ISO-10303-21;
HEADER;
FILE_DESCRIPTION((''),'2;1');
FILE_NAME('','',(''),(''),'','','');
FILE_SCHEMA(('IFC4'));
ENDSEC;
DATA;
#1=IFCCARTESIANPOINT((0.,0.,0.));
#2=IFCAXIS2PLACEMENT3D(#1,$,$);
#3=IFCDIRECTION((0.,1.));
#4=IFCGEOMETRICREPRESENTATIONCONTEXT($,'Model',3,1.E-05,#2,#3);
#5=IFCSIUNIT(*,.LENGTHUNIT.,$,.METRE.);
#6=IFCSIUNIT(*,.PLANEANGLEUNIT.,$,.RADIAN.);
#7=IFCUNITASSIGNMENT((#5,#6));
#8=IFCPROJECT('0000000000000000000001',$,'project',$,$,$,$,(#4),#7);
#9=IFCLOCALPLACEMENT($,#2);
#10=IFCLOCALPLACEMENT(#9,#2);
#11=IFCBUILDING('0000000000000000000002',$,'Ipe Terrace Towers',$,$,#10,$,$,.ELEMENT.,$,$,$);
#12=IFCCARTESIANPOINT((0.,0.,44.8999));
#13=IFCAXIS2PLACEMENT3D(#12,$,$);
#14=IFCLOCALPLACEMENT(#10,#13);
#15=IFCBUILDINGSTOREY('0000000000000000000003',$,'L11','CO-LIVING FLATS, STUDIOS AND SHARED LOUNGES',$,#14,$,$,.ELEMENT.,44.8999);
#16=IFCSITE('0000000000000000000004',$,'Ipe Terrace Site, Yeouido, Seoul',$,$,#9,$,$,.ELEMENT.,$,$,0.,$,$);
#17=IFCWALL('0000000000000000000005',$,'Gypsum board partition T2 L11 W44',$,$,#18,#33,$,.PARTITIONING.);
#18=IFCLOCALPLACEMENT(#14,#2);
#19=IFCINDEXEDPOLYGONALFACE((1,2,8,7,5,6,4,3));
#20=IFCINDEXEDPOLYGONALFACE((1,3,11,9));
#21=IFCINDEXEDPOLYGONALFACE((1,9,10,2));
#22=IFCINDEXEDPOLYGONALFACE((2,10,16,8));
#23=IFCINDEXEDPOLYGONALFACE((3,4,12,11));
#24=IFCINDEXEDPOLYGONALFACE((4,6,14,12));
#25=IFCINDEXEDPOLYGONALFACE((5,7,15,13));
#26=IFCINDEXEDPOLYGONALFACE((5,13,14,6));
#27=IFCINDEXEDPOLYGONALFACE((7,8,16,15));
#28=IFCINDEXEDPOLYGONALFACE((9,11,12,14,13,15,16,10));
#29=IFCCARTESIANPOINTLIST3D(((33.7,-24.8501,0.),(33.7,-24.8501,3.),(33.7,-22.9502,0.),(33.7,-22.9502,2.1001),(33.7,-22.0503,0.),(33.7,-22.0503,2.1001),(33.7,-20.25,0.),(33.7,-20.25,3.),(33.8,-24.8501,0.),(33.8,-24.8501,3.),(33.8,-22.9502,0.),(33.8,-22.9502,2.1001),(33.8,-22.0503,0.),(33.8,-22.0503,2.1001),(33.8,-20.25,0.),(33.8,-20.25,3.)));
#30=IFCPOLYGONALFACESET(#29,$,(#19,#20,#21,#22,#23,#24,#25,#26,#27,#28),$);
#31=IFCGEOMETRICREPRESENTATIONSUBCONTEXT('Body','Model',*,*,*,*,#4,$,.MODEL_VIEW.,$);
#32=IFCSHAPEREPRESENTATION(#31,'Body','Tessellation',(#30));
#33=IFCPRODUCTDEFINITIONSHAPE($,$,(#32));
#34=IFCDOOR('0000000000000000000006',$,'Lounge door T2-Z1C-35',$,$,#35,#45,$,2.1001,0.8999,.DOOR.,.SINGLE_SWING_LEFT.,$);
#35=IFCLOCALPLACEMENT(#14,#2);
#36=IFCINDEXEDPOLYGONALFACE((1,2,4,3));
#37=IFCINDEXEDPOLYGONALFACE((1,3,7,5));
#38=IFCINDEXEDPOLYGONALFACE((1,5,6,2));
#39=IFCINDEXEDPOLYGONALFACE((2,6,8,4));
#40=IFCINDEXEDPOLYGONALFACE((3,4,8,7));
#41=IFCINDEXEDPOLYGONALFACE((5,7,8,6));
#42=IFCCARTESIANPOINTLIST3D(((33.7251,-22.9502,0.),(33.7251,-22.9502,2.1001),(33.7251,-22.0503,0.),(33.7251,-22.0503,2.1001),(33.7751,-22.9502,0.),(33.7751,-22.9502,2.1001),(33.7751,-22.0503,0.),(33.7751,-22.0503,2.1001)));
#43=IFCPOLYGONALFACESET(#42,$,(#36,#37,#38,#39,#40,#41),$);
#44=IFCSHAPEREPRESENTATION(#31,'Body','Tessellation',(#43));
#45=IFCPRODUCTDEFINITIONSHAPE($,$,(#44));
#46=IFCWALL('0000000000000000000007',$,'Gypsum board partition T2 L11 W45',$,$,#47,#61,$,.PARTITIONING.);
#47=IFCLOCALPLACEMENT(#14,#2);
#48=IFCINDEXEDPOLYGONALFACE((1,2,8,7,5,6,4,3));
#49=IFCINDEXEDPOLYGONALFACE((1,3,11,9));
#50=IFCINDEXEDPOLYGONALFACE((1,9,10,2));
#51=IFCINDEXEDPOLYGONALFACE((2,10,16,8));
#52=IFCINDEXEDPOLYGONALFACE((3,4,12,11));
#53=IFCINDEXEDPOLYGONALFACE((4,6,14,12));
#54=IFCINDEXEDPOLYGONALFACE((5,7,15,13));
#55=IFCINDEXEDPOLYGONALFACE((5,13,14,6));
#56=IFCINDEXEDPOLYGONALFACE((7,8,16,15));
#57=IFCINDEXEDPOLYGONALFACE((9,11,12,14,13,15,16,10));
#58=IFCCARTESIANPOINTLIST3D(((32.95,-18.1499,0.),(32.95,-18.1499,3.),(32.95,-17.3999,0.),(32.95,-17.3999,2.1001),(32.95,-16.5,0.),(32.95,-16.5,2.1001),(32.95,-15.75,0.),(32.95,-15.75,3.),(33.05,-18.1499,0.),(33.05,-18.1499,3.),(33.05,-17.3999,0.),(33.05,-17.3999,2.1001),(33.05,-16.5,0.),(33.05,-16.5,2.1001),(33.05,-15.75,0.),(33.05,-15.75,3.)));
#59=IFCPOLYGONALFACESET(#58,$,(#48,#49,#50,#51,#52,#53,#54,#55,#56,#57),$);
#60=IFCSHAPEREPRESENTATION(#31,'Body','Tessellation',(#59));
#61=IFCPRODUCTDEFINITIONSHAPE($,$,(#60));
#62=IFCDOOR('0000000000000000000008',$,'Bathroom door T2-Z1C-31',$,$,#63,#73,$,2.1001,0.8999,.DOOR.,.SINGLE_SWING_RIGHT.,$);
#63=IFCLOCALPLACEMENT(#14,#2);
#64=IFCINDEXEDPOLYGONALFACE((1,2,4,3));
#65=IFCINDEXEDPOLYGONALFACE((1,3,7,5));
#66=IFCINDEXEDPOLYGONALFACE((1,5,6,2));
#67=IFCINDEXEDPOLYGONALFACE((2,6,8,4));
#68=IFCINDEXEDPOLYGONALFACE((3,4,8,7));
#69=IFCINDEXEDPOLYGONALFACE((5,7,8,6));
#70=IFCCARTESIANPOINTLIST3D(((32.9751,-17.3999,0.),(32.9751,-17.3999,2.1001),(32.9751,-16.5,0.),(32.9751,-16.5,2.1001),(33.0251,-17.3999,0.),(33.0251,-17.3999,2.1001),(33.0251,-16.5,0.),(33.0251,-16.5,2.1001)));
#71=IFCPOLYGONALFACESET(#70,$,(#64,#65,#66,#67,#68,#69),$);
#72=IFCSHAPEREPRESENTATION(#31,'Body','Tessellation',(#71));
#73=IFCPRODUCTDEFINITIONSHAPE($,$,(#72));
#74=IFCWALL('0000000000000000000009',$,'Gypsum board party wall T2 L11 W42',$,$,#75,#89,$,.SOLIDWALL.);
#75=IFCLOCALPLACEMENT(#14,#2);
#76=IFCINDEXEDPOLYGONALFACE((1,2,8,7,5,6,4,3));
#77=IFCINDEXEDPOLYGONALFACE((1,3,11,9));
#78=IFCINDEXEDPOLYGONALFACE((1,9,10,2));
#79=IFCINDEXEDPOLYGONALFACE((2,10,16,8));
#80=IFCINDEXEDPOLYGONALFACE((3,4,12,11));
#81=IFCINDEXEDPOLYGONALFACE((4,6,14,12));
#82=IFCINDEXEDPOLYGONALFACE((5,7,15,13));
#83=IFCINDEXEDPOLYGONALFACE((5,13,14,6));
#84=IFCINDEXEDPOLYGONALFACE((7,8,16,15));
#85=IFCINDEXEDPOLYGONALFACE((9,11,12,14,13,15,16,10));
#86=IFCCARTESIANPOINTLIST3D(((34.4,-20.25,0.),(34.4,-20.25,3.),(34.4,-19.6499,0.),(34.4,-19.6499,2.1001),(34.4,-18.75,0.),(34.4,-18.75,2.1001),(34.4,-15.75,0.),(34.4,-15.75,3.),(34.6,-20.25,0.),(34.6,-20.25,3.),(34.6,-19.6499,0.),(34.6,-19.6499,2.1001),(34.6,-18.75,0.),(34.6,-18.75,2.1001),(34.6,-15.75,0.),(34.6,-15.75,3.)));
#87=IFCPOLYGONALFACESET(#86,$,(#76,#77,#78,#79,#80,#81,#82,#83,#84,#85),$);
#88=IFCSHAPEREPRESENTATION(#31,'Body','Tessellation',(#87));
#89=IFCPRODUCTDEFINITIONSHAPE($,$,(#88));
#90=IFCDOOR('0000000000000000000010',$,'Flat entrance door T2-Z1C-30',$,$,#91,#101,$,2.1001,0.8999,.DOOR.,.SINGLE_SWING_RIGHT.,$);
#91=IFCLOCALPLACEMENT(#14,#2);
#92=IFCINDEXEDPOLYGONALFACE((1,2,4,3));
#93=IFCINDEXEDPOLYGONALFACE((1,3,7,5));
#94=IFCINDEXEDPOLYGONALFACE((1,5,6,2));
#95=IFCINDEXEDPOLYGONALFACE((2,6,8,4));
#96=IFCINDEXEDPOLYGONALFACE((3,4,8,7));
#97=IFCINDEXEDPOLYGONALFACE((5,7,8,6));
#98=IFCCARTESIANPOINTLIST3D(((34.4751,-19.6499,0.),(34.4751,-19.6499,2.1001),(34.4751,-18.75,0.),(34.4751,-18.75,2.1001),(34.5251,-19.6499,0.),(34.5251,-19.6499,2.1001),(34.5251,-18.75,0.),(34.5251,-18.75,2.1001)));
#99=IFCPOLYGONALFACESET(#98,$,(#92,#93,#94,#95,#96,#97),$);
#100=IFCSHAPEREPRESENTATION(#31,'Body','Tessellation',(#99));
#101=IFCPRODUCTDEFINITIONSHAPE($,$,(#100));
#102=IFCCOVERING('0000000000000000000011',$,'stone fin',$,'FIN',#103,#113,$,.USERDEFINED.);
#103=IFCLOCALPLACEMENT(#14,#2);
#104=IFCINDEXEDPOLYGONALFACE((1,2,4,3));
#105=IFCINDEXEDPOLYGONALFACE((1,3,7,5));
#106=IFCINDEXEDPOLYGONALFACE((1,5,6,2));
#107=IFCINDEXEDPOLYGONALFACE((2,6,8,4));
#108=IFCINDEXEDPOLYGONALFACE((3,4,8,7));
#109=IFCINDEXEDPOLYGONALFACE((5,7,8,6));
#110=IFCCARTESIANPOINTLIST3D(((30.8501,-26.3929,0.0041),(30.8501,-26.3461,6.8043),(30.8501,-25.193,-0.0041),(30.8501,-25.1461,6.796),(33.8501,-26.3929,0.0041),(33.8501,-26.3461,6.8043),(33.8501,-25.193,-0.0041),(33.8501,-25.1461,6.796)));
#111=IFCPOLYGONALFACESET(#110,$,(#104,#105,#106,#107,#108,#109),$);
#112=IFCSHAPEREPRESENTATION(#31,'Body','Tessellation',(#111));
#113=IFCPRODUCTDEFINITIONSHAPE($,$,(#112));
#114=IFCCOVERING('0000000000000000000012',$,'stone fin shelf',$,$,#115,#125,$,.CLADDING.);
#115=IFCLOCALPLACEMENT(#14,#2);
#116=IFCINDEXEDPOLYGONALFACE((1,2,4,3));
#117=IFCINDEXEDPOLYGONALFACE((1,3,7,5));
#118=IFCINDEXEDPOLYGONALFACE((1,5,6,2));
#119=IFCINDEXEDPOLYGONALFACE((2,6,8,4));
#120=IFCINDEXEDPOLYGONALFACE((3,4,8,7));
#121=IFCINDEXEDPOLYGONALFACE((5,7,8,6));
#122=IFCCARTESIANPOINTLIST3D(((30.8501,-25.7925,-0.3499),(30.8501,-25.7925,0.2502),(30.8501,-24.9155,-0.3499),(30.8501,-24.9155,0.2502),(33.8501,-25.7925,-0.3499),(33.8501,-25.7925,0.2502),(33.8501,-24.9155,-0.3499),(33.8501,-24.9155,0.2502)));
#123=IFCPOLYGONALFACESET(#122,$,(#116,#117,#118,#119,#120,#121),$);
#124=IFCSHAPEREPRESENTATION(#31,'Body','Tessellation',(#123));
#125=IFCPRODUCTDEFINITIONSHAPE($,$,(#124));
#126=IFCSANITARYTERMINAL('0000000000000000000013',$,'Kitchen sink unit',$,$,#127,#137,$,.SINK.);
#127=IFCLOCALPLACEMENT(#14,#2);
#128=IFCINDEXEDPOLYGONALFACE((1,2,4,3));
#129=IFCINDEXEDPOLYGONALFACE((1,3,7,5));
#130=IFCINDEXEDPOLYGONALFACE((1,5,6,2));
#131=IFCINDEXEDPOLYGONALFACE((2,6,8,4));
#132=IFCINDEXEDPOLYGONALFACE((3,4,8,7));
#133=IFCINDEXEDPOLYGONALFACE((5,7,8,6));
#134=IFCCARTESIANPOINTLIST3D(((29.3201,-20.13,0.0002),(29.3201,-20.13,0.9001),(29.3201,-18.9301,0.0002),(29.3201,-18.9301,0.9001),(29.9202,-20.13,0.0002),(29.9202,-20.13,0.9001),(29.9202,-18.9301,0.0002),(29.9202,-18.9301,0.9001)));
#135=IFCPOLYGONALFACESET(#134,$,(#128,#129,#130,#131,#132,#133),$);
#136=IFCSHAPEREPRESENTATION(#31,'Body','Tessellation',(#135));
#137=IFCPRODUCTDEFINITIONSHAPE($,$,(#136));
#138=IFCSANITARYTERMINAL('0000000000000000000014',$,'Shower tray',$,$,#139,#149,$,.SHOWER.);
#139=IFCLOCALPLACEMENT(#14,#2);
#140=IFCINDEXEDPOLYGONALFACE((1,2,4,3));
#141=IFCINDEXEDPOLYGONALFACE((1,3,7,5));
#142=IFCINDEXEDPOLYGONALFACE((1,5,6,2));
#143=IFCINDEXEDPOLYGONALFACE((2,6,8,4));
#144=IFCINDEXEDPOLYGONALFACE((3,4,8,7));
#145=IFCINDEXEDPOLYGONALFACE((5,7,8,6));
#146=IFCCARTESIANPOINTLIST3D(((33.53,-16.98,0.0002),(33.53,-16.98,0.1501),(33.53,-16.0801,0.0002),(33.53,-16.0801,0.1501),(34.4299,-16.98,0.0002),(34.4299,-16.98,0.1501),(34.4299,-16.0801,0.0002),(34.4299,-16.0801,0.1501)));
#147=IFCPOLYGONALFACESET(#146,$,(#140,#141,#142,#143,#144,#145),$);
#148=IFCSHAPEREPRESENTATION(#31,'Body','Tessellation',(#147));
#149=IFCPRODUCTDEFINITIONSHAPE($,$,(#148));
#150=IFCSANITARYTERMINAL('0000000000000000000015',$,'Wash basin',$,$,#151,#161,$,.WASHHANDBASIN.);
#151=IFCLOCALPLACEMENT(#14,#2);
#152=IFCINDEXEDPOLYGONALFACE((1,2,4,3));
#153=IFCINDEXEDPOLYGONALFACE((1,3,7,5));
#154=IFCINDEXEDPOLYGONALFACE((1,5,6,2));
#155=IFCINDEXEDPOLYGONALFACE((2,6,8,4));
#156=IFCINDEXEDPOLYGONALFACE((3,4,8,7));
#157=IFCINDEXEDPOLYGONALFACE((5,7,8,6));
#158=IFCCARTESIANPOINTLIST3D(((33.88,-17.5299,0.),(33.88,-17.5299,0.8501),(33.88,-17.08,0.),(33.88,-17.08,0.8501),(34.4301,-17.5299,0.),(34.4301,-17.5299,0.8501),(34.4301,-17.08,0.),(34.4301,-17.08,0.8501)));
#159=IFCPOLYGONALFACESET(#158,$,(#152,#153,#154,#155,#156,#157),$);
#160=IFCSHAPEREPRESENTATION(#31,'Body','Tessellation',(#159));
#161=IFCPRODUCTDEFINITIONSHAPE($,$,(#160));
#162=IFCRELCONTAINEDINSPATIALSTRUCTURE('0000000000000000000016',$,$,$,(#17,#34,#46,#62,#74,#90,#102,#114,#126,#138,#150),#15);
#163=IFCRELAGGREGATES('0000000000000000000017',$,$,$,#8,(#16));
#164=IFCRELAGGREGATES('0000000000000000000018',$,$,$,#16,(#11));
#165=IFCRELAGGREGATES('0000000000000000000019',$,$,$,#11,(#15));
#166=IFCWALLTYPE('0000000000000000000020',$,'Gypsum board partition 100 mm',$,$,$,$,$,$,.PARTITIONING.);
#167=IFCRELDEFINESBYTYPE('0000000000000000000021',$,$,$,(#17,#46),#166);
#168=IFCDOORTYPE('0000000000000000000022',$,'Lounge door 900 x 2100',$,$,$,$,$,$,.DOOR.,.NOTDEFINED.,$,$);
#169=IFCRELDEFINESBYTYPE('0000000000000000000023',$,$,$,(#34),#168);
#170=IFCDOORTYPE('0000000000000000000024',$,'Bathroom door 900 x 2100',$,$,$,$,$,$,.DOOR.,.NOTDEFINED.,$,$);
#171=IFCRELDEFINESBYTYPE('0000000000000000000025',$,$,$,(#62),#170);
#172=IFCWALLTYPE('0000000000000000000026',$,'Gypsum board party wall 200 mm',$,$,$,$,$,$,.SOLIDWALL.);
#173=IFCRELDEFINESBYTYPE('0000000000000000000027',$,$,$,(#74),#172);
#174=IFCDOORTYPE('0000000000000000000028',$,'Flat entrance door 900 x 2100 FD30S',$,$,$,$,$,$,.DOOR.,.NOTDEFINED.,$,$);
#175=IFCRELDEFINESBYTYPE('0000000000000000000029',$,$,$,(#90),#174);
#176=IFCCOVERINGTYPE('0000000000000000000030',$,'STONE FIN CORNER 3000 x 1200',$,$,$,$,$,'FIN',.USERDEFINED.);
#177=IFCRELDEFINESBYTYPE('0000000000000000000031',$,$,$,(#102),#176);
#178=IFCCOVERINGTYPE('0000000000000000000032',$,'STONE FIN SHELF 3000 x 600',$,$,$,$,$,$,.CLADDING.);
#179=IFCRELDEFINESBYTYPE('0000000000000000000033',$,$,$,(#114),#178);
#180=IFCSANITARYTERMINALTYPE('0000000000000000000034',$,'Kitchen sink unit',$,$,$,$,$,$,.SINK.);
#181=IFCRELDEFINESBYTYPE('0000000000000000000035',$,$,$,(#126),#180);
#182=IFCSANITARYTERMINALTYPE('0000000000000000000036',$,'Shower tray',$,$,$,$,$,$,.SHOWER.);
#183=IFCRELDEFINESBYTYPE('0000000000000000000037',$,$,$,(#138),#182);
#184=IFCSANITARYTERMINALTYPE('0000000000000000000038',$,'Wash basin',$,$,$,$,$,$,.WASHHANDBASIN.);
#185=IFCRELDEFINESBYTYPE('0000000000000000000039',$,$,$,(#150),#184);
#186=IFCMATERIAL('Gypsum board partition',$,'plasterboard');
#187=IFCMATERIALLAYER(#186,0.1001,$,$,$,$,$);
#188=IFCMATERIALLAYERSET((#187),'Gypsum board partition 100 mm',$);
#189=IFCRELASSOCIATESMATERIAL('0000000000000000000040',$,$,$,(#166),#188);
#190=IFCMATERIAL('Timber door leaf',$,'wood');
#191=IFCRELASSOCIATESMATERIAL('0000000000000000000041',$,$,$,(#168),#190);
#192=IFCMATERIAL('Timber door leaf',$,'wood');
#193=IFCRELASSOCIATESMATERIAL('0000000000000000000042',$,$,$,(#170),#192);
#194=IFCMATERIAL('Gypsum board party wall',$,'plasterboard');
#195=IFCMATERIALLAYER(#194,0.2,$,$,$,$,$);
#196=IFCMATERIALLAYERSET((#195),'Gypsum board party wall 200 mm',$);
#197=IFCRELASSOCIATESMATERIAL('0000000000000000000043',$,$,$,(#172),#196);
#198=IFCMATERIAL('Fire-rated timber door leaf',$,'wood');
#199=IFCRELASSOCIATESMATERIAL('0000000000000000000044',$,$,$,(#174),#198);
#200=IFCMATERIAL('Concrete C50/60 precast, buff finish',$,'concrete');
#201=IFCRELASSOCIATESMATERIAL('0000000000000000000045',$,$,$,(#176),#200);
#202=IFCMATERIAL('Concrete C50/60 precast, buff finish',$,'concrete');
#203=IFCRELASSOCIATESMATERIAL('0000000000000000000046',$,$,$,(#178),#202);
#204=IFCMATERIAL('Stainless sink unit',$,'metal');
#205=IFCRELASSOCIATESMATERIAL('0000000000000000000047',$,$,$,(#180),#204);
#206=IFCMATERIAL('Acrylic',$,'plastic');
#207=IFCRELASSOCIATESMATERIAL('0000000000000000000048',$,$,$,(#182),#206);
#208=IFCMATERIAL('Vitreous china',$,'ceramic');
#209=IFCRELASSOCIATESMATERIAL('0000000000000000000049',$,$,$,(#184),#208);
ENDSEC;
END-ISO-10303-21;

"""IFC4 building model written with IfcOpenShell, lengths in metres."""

from ifc_helpers import new_model, si_unit, direction, frame, frame_2d, origin, origin_2d, place, context, subcontext, project, spatial, rectangle, extrude, material, layer, layer_set, material_profile, profile_set, type_object, element, fill, save


model = new_model("IFC4")

# Units and contexts
model_context = context("Model", 3, precision=1e-05, world=origin(), true_north=direction((0.0, 1.0)))
body_context = subcontext(model_context, "Body", "Model", "MODEL_VIEW")
ifc_project = project(units=[si_unit("LENGTHUNIT", "METRE"), si_unit("PLANEANGLEUNIT", "RADIAN")], contexts=[model_context])

# Site, building, storey
site_placement = place(None, origin())
site = spatial("IfcSite", under=ifc_project, at=site_placement, Name="Ipe Terrace Site, Yeouido, Seoul", CompositionType="ELEMENT", RefElevation=0.0)
building_placement = place(site_placement, origin())
building = spatial("IfcBuilding", under=site, at=building_placement, Name="Ipe Terrace Towers", CompositionType="ELEMENT")
storey_placement = place(building_placement, frame((0.0, 0.0, 44.8999)))
storey = spatial("IfcBuildingStorey", under=building, at=storey_placement, Name="L11", Description="CO-LIVING FLATS, STUDIOS AND SHARED LOUNGES", CompositionType="ELEMENT", Elevation=44.8999)

# Shared definitions
ifc_material_1 = material(Name="Gypsum board partition", Category="plasterboard")
ifc_layer_1 = layer(ifc_material_1, 0.1001)
ifc_layer_set_1 = layer_set([ifc_layer_1], Name="Gypsum board partition 100 mm")
wall_type_1 = type_object("IfcWallType", Name="Gypsum board partition 100 mm", PredefinedType="PARTITIONING", material=ifc_layer_set_1)

# Walls, openings, doors
wall_1_placement = place(storey_placement, frame((33.75, -24.8501, 0.0), z_axis=(0.0, 0.0, 1.0), x_axis=(0.0, 1.0, 0.0)))
wall_1 = element("IfcWall", 1, at=wall_1_placement, inside=storey, type_object=wall_type_1, Name="Gypsum board partition T2 L11 W44", PredefinedType="PARTITIONING", context=body_context, shape_type="SweptSolid", body=[
    extrude(rectangle(XDim=4.6001, YDim=0.1001, at=frame_2d((2.3, 0.0))), origin(), (0.0, 0.0, 1.0), 3.0),
])
opening_1_placement = place(wall_1_placement, frame((1.8999, 0.0, 0.0)))
opening_1 = element("IfcOpeningElement", 2, at=opening_1_placement, cuts=wall_1, PredefinedType="OPENING", context=body_context, shape_type="SweptSolid", body=[
    extrude(rectangle(XDim=0.8999, YDim=2.1001, at=frame_2d((0.45, 1.05))), frame((0.0, 0.0601, 0.0), z_axis=(0.0, -1.0, 0.0), x_axis=(1.0, 0.0, 0.0)), (0.0, 0.0, 1.0), 0.1201),
])
ifc_material_2 = material(Name="Timber door leaf", Category="wood")
door_type_1 = type_object("IfcDoorType", Name="Lounge door 900 x 2100", OperationType="NOTDEFINED", PredefinedType="DOOR", material=ifc_material_2)
door_1_placement = place(opening_1_placement, origin())
door_1 = element("IfcDoor", 3, at=door_1_placement, inside=storey, type_object=door_type_1, Name="Lounge door T2-Z1C-35", OperationType="SINGLE_SWING_LEFT", OverallHeight=2.1001, OverallWidth=0.8999, PredefinedType="DOOR", context=body_context, shape_type="SweptSolid", body=[
    extrude(rectangle(XDim=0.8999, YDim=2.1001, at=frame_2d((0.45, 1.05))), frame((0.0, 0.0249, 0.0), z_axis=(0.0, -1.0, 0.0), x_axis=(1.0, 0.0, 0.0)), (0.0, 0.0, 1.0), 0.05),
])
fill(opening_1, door_1)
wall_2_placement = place(storey_placement, frame((33.0, -18.1499, 0.0), z_axis=(0.0, 0.0, 1.0), x_axis=(0.0, 1.0, 0.0)))
wall_2 = element("IfcWall", 4, at=wall_2_placement, inside=storey, type_object=wall_type_1, Name="Gypsum board partition T2 L11 W45", PredefinedType="PARTITIONING", context=body_context, shape_type="SweptSolid", body=[
    extrude(rectangle(XDim=2.3999, YDim=0.1001, at=frame_2d((1.2, 0.0))), origin(), (0.0, 0.0, 1.0), 3.0),
])
opening_2_placement = place(wall_2_placement, frame((0.75, 0.0, 0.0)))
opening_2 = element("IfcOpeningElement", 5, at=opening_2_placement, cuts=wall_2, PredefinedType="OPENING", context=body_context, shape_type="SweptSolid", body=[
    extrude(rectangle(XDim=0.8999, YDim=2.1001, at=frame_2d((0.45, 1.05))), frame((0.0, 0.0601, 0.0), z_axis=(0.0, -1.0, 0.0), x_axis=(1.0, 0.0, 0.0)), (0.0, 0.0, 1.0), 0.1201),
])
ifc_material_3 = material(Name="Timber door leaf", Category="wood")
door_type_2 = type_object("IfcDoorType", Name="Bathroom door 900 x 2100", OperationType="NOTDEFINED", PredefinedType="DOOR", material=ifc_material_3)
door_2_placement = place(opening_2_placement, origin())
door_2 = element("IfcDoor", 6, at=door_2_placement, inside=storey, type_object=door_type_2, Name="Bathroom door T2-Z1C-31", OperationType="SINGLE_SWING_RIGHT", OverallHeight=2.1001, OverallWidth=0.8999, PredefinedType="DOOR", context=body_context, shape_type="SweptSolid", body=[
    extrude(rectangle(XDim=0.8999, YDim=2.1001, at=frame_2d((0.45, 1.05))), frame((0.0, 0.0249, 0.0), z_axis=(0.0, -1.0, 0.0), x_axis=(1.0, 0.0, 0.0)), (0.0, 0.0, 1.0), 0.05),
])
fill(opening_2, door_2)
ifc_material_4 = material(Name="Gypsum board party wall", Category="plasterboard")
ifc_layer_2 = layer(ifc_material_4, 0.2)
ifc_layer_set_2 = layer_set([ifc_layer_2], Name="Gypsum board party wall 200 mm")
wall_type_2 = type_object("IfcWallType", Name="Gypsum board party wall 200 mm", PredefinedType="SOLIDWALL", material=ifc_layer_set_2)
wall_3_placement = place(storey_placement, frame((34.5, -20.25, 0.0), z_axis=(0.0, 0.0, 1.0), x_axis=(0.0, 1.0, 0.0)))
wall_3 = element("IfcWall", 7, at=wall_3_placement, inside=storey, type_object=wall_type_2, Name="Gypsum board party wall T2 L11 W42", PredefinedType="SOLIDWALL", context=body_context, shape_type="SweptSolid", body=[
    extrude(rectangle(XDim=4.5, YDim=0.2, at=frame_2d((2.25, 0.0))), origin(), (0.0, 0.0, 1.0), 3.0),
])
opening_3_placement = place(wall_3_placement, frame((0.6001, 0.0, 0.0)))
opening_3 = element("IfcOpeningElement", 8, at=opening_3_placement, cuts=wall_3, PredefinedType="OPENING", context=body_context, shape_type="SweptSolid", body=[
    extrude(rectangle(XDim=0.8999, YDim=2.1001, at=frame_2d((0.45, 1.05))), frame((0.0, 0.1099, 0.0), z_axis=(0.0, -1.0, 0.0), x_axis=(1.0, 0.0, 0.0)), (0.0, 0.0, 1.0), 0.22),
])
ifc_material_5 = material(Name="Fire-rated timber door leaf", Category="wood")
door_type_3 = type_object("IfcDoorType", Name="Flat entrance door 900 x 2100 FD30S", OperationType="NOTDEFINED", PredefinedType="DOOR", material=ifc_material_5)
door_3_placement = place(opening_3_placement, origin())
door_3 = element("IfcDoor", 9, at=door_3_placement, inside=storey, type_object=door_type_3, Name="Flat entrance door T2-Z1C-30", OperationType="SINGLE_SWING_RIGHT", OverallHeight=2.1001, OverallWidth=0.8999, PredefinedType="DOOR", context=body_context, shape_type="SweptSolid", body=[
    extrude(rectangle(XDim=0.8999, YDim=2.1001, at=frame_2d((0.45, 1.05))), frame((0.0, 0.0249, 0.0), z_axis=(0.0, -1.0, 0.0), x_axis=(1.0, 0.0, 0.0)), (0.0, 0.0, 1.0), 0.05),
])
fill(opening_3, door_3)

# Coverings
ifc_material_6 = material(Name="Concrete C50/60 precast, buff finish", Category="concrete")
ifc_material_profile_1 = material_profile(ifc_material_6, rectangle(XDim=3.0, YDim=1.2, at=origin_2d()), Name="STONE FIN CORNER 3000 x 1200")
ifc_profile_set_1 = profile_set([ifc_material_profile_1], Name="Concrete C50/60 precast, buff finish")
covering_type_1 = type_object("IfcCoveringType", Name="STONE FIN CORNER 3000 x 1200", ElementType="FIN", PredefinedType="USERDEFINED", material=ifc_profile_set_1)
covering_1_placement = place(storey_placement, frame((32.3501, -25.793, 0.0), z_axis=(0.0, 0.006893, 0.999976), x_axis=(1.0, 0.0, 0.0)))
element("IfcCovering", 10, at=covering_1_placement, inside=storey, type_object=covering_type_1, Name="stone fin", ObjectType="FIN", PredefinedType="USERDEFINED", context=body_context, shape_type="SweptSolid", body=[
    extrude(rectangle(XDim=3.0, YDim=1.2, at=origin_2d()), origin(), (0.0, 0.0, 1.0), 6.8003),
])
ifc_material_7 = material(Name="Concrete C50/60 precast, buff finish", Category="concrete")
covering_type_2 = type_object("IfcCoveringType", Name="STONE FIN SHELF 3000 x 600", PredefinedType="CLADDING", material=ifc_material_7)
covering_2_placement = place(storey_placement, frame((32.3501, -25.354, -0.3499), z_axis=(0.0, 0.0, 1.0), x_axis=(1.0, 0.0, 0.0)))
element("IfcCovering", 11, at=covering_2_placement, inside=storey, type_object=covering_type_2, Name="stone fin shelf", PredefinedType="CLADDING", context=body_context, shape_type="SweptSolid", body=[
    extrude(rectangle(XDim=3.0, YDim=0.877, at=origin_2d()), origin(), (0.0, 0.0, 1.0), 0.6001),
])

# Sanitary terminals
ifc_material_8 = material(Name="Stainless sink unit", Category="metal")
sanitary_terminal_type_1 = type_object("IfcSanitaryTerminalType", Name="Kitchen sink unit", PredefinedType="SINK", material=ifc_material_8)
sanitary_terminal_1_placement = place(storey_placement, frame((29.6201, -19.53, 0.0002), z_axis=(0.0, 0.0, 1.0), x_axis=(0.0, 1.0, 0.0)))
element("IfcSanitaryTerminal", 12, at=sanitary_terminal_1_placement, inside=storey, type_object=sanitary_terminal_type_1, Name="Kitchen sink unit", PredefinedType="SINK", context=body_context, shape_type="SweptSolid", body=[
    extrude(rectangle(XDim=1.2, YDim=0.6001, at=origin_2d()), origin(), (0.0, 0.0, 1.0), 0.8999),
])
ifc_material_9 = material(Name="Acrylic", Category="plastic")
sanitary_terminal_type_2 = type_object("IfcSanitaryTerminalType", Name="Shower tray", PredefinedType="SHOWER", material=ifc_material_9)
sanitary_terminal_2_placement = place(storey_placement, frame((33.98, -16.53, 0.0002), z_axis=(0.0, 0.0, 1.0), x_axis=(-1.0, 0.0, 0.0)))
element("IfcSanitaryTerminal", 13, at=sanitary_terminal_2_placement, inside=storey, type_object=sanitary_terminal_type_2, Name="Shower tray", PredefinedType="SHOWER", context=body_context, shape_type="SweptSolid", body=[
    extrude(rectangle(XDim=0.8999, YDim=0.8999, at=origin_2d()), origin(), (0.0, 0.0, 1.0), 0.1499),
])
ifc_material_10 = material(Name="Vitreous china", Category="ceramic")
sanitary_terminal_type_3 = type_object("IfcSanitaryTerminalType", Name="Wash basin", PredefinedType="WASHHANDBASIN", material=ifc_material_10)
sanitary_terminal_3_placement = place(storey_placement, frame((34.155, -17.3049, 0.0), z_axis=(0.0, 0.0, 1.0), x_axis=(-1.0, 0.0, 0.0)))
element("IfcSanitaryTerminal", 14, at=sanitary_terminal_3_placement, inside=storey, type_object=sanitary_terminal_type_3, Name="Wash basin", PredefinedType="WASHHANDBASIN", context=body_context, shape_type="SweptSolid", body=[
    extrude(rectangle(XDim=0.55, YDim=0.45, at=origin_2d()), origin(), (0.0, 0.0, 1.0), 0.8501),
])

save(model, "model.ifc")
